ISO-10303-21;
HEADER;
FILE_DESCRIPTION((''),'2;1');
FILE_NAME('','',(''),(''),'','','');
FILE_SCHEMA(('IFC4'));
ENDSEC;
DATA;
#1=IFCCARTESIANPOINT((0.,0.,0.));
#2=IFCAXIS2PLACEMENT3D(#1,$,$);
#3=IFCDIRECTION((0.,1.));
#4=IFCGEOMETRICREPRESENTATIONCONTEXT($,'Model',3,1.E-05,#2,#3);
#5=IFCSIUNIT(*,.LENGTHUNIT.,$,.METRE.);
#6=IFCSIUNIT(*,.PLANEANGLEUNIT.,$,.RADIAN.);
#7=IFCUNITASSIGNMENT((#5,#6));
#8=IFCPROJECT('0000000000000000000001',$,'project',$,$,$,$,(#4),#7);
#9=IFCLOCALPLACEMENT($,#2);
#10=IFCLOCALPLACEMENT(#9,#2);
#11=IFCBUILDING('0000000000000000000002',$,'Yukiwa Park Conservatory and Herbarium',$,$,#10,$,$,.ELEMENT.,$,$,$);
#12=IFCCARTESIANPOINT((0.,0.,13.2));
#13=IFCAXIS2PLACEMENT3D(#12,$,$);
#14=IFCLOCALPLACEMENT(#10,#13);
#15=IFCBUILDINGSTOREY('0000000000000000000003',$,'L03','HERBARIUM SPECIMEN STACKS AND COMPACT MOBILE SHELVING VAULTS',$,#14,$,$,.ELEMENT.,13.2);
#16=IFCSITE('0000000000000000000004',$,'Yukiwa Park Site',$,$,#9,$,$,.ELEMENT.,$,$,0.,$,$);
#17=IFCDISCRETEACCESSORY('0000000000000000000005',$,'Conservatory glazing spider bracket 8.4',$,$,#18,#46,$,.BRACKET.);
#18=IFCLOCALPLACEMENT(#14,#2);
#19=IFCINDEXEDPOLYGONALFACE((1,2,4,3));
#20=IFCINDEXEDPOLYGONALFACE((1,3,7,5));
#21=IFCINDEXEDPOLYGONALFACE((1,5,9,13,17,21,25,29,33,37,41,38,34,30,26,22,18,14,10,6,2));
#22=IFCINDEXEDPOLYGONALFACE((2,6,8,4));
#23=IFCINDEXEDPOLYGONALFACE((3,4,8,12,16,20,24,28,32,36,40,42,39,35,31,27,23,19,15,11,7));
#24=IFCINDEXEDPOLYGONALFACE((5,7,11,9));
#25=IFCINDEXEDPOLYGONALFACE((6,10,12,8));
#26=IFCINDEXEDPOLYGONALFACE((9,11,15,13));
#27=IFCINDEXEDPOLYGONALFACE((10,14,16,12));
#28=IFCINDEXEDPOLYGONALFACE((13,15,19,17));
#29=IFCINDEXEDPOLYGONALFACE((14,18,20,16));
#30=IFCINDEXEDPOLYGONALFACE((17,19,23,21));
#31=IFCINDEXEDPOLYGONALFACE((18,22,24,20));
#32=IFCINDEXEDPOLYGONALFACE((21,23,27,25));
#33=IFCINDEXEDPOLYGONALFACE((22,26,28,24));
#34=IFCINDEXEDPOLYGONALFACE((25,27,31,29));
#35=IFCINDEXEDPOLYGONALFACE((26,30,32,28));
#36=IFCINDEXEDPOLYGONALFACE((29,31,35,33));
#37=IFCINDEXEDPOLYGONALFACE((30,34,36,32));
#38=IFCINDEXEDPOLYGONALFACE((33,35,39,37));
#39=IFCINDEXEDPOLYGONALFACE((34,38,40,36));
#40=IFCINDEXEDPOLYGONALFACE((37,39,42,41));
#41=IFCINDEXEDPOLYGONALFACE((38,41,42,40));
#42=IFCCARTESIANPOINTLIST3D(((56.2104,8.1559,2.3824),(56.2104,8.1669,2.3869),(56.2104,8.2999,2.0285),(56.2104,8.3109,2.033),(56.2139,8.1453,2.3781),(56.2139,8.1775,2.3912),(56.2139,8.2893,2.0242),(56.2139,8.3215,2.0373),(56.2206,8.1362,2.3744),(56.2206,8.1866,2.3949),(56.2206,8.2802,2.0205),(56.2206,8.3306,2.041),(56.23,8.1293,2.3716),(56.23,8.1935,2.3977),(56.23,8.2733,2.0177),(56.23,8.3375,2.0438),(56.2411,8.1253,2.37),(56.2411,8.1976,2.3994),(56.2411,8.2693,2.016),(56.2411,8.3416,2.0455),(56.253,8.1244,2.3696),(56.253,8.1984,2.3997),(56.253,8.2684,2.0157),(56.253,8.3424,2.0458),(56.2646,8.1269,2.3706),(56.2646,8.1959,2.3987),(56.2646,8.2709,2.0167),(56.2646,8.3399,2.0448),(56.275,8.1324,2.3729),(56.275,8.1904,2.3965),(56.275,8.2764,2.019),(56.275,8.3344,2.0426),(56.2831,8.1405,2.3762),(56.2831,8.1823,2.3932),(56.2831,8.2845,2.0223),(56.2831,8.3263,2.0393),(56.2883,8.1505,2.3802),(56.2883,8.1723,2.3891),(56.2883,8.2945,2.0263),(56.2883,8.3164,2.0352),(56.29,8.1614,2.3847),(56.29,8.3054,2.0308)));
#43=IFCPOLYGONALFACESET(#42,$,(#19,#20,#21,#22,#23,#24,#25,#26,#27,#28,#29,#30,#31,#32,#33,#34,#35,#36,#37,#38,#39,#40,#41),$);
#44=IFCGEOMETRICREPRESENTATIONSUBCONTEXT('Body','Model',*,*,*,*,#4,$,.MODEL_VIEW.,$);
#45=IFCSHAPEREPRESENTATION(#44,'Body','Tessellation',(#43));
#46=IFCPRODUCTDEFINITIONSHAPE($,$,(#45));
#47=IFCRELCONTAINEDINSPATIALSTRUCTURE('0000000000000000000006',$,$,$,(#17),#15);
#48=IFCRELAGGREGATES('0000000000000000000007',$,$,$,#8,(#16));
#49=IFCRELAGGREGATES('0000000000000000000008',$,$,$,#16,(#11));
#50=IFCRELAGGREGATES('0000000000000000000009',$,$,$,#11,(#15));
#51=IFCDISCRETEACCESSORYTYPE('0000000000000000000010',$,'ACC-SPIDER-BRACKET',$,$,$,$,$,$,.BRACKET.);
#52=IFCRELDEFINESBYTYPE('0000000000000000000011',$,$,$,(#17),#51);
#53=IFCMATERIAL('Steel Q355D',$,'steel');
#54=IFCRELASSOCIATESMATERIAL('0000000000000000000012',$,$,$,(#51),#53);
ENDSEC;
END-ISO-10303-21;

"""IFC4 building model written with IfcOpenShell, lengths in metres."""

from ifc_helpers import new_model, si_unit, direction, frame, origin, origin_2d, place, context, subcontext, project, spatial, circle, extrude, material, type_object, element, save


model = new_model("IFC4")

# Units and contexts
model_context = context("Model", 3, precision=1e-05, world=origin(), true_north=direction((0.0, 1.0)))
body_context = subcontext(model_context, "Body", "Model", "MODEL_VIEW")
ifc_project = project(units=[si_unit("LENGTHUNIT", "METRE"), si_unit("PLANEANGLEUNIT", "RADIAN")], contexts=[model_context])

# Site, building, storey
site_placement = place(None, origin())
site = spatial("IfcSite", under=ifc_project, at=site_placement, Name="Yukiwa Park Site", CompositionType="ELEMENT", RefElevation=0.0)
building_placement = place(site_placement, origin())
building = spatial("IfcBuilding", under=site, at=building_placement, Name="Yukiwa Park Conservatory and Herbarium", CompositionType="ELEMENT")
storey_placement = place(building_placement, frame((0.0, 0.0, 13.2)))
storey = spatial("IfcBuildingStorey", under=building, at=storey_placement, Name="L03", Description="HERBARIUM SPECIMEN STACKS AND COMPACT MOBILE SHELVING VAULTS", CompositionType="ELEMENT", Elevation=13.2)

# Discrete accessory
ifc_material_1 = material(Name="Steel Q355D", Category="steel")
discrete_accessory_type = type_object("IfcDiscreteAccessoryType", Name="ACC-SPIDER-BRACKET", PredefinedType="BRACKET", material=ifc_material_1)
for number, where, z_axis, x_axis, name in (
    (1, (56.25, 8.3054, 2.0308), (0.0, -0.376891, 0.926258), (1.0, 0.0, 0.0), "Conservatory glazing spider bracket 8.4"),
):
    element("IfcDiscreteAccessory", number, at=place(storey_placement, frame(where, z_axis=z_axis, x_axis=x_axis)), inside=storey, type_object=discrete_accessory_type, Name=name, PredefinedType="BRACKET", context=body_context, shape_type="SweptSolid", body=[
        extrude(circle(Radius=0.04, at=origin_2d()), origin(), (0.0, 0.0, 1.0), 0.3821),
    ])

save(model, "model.ifc")
